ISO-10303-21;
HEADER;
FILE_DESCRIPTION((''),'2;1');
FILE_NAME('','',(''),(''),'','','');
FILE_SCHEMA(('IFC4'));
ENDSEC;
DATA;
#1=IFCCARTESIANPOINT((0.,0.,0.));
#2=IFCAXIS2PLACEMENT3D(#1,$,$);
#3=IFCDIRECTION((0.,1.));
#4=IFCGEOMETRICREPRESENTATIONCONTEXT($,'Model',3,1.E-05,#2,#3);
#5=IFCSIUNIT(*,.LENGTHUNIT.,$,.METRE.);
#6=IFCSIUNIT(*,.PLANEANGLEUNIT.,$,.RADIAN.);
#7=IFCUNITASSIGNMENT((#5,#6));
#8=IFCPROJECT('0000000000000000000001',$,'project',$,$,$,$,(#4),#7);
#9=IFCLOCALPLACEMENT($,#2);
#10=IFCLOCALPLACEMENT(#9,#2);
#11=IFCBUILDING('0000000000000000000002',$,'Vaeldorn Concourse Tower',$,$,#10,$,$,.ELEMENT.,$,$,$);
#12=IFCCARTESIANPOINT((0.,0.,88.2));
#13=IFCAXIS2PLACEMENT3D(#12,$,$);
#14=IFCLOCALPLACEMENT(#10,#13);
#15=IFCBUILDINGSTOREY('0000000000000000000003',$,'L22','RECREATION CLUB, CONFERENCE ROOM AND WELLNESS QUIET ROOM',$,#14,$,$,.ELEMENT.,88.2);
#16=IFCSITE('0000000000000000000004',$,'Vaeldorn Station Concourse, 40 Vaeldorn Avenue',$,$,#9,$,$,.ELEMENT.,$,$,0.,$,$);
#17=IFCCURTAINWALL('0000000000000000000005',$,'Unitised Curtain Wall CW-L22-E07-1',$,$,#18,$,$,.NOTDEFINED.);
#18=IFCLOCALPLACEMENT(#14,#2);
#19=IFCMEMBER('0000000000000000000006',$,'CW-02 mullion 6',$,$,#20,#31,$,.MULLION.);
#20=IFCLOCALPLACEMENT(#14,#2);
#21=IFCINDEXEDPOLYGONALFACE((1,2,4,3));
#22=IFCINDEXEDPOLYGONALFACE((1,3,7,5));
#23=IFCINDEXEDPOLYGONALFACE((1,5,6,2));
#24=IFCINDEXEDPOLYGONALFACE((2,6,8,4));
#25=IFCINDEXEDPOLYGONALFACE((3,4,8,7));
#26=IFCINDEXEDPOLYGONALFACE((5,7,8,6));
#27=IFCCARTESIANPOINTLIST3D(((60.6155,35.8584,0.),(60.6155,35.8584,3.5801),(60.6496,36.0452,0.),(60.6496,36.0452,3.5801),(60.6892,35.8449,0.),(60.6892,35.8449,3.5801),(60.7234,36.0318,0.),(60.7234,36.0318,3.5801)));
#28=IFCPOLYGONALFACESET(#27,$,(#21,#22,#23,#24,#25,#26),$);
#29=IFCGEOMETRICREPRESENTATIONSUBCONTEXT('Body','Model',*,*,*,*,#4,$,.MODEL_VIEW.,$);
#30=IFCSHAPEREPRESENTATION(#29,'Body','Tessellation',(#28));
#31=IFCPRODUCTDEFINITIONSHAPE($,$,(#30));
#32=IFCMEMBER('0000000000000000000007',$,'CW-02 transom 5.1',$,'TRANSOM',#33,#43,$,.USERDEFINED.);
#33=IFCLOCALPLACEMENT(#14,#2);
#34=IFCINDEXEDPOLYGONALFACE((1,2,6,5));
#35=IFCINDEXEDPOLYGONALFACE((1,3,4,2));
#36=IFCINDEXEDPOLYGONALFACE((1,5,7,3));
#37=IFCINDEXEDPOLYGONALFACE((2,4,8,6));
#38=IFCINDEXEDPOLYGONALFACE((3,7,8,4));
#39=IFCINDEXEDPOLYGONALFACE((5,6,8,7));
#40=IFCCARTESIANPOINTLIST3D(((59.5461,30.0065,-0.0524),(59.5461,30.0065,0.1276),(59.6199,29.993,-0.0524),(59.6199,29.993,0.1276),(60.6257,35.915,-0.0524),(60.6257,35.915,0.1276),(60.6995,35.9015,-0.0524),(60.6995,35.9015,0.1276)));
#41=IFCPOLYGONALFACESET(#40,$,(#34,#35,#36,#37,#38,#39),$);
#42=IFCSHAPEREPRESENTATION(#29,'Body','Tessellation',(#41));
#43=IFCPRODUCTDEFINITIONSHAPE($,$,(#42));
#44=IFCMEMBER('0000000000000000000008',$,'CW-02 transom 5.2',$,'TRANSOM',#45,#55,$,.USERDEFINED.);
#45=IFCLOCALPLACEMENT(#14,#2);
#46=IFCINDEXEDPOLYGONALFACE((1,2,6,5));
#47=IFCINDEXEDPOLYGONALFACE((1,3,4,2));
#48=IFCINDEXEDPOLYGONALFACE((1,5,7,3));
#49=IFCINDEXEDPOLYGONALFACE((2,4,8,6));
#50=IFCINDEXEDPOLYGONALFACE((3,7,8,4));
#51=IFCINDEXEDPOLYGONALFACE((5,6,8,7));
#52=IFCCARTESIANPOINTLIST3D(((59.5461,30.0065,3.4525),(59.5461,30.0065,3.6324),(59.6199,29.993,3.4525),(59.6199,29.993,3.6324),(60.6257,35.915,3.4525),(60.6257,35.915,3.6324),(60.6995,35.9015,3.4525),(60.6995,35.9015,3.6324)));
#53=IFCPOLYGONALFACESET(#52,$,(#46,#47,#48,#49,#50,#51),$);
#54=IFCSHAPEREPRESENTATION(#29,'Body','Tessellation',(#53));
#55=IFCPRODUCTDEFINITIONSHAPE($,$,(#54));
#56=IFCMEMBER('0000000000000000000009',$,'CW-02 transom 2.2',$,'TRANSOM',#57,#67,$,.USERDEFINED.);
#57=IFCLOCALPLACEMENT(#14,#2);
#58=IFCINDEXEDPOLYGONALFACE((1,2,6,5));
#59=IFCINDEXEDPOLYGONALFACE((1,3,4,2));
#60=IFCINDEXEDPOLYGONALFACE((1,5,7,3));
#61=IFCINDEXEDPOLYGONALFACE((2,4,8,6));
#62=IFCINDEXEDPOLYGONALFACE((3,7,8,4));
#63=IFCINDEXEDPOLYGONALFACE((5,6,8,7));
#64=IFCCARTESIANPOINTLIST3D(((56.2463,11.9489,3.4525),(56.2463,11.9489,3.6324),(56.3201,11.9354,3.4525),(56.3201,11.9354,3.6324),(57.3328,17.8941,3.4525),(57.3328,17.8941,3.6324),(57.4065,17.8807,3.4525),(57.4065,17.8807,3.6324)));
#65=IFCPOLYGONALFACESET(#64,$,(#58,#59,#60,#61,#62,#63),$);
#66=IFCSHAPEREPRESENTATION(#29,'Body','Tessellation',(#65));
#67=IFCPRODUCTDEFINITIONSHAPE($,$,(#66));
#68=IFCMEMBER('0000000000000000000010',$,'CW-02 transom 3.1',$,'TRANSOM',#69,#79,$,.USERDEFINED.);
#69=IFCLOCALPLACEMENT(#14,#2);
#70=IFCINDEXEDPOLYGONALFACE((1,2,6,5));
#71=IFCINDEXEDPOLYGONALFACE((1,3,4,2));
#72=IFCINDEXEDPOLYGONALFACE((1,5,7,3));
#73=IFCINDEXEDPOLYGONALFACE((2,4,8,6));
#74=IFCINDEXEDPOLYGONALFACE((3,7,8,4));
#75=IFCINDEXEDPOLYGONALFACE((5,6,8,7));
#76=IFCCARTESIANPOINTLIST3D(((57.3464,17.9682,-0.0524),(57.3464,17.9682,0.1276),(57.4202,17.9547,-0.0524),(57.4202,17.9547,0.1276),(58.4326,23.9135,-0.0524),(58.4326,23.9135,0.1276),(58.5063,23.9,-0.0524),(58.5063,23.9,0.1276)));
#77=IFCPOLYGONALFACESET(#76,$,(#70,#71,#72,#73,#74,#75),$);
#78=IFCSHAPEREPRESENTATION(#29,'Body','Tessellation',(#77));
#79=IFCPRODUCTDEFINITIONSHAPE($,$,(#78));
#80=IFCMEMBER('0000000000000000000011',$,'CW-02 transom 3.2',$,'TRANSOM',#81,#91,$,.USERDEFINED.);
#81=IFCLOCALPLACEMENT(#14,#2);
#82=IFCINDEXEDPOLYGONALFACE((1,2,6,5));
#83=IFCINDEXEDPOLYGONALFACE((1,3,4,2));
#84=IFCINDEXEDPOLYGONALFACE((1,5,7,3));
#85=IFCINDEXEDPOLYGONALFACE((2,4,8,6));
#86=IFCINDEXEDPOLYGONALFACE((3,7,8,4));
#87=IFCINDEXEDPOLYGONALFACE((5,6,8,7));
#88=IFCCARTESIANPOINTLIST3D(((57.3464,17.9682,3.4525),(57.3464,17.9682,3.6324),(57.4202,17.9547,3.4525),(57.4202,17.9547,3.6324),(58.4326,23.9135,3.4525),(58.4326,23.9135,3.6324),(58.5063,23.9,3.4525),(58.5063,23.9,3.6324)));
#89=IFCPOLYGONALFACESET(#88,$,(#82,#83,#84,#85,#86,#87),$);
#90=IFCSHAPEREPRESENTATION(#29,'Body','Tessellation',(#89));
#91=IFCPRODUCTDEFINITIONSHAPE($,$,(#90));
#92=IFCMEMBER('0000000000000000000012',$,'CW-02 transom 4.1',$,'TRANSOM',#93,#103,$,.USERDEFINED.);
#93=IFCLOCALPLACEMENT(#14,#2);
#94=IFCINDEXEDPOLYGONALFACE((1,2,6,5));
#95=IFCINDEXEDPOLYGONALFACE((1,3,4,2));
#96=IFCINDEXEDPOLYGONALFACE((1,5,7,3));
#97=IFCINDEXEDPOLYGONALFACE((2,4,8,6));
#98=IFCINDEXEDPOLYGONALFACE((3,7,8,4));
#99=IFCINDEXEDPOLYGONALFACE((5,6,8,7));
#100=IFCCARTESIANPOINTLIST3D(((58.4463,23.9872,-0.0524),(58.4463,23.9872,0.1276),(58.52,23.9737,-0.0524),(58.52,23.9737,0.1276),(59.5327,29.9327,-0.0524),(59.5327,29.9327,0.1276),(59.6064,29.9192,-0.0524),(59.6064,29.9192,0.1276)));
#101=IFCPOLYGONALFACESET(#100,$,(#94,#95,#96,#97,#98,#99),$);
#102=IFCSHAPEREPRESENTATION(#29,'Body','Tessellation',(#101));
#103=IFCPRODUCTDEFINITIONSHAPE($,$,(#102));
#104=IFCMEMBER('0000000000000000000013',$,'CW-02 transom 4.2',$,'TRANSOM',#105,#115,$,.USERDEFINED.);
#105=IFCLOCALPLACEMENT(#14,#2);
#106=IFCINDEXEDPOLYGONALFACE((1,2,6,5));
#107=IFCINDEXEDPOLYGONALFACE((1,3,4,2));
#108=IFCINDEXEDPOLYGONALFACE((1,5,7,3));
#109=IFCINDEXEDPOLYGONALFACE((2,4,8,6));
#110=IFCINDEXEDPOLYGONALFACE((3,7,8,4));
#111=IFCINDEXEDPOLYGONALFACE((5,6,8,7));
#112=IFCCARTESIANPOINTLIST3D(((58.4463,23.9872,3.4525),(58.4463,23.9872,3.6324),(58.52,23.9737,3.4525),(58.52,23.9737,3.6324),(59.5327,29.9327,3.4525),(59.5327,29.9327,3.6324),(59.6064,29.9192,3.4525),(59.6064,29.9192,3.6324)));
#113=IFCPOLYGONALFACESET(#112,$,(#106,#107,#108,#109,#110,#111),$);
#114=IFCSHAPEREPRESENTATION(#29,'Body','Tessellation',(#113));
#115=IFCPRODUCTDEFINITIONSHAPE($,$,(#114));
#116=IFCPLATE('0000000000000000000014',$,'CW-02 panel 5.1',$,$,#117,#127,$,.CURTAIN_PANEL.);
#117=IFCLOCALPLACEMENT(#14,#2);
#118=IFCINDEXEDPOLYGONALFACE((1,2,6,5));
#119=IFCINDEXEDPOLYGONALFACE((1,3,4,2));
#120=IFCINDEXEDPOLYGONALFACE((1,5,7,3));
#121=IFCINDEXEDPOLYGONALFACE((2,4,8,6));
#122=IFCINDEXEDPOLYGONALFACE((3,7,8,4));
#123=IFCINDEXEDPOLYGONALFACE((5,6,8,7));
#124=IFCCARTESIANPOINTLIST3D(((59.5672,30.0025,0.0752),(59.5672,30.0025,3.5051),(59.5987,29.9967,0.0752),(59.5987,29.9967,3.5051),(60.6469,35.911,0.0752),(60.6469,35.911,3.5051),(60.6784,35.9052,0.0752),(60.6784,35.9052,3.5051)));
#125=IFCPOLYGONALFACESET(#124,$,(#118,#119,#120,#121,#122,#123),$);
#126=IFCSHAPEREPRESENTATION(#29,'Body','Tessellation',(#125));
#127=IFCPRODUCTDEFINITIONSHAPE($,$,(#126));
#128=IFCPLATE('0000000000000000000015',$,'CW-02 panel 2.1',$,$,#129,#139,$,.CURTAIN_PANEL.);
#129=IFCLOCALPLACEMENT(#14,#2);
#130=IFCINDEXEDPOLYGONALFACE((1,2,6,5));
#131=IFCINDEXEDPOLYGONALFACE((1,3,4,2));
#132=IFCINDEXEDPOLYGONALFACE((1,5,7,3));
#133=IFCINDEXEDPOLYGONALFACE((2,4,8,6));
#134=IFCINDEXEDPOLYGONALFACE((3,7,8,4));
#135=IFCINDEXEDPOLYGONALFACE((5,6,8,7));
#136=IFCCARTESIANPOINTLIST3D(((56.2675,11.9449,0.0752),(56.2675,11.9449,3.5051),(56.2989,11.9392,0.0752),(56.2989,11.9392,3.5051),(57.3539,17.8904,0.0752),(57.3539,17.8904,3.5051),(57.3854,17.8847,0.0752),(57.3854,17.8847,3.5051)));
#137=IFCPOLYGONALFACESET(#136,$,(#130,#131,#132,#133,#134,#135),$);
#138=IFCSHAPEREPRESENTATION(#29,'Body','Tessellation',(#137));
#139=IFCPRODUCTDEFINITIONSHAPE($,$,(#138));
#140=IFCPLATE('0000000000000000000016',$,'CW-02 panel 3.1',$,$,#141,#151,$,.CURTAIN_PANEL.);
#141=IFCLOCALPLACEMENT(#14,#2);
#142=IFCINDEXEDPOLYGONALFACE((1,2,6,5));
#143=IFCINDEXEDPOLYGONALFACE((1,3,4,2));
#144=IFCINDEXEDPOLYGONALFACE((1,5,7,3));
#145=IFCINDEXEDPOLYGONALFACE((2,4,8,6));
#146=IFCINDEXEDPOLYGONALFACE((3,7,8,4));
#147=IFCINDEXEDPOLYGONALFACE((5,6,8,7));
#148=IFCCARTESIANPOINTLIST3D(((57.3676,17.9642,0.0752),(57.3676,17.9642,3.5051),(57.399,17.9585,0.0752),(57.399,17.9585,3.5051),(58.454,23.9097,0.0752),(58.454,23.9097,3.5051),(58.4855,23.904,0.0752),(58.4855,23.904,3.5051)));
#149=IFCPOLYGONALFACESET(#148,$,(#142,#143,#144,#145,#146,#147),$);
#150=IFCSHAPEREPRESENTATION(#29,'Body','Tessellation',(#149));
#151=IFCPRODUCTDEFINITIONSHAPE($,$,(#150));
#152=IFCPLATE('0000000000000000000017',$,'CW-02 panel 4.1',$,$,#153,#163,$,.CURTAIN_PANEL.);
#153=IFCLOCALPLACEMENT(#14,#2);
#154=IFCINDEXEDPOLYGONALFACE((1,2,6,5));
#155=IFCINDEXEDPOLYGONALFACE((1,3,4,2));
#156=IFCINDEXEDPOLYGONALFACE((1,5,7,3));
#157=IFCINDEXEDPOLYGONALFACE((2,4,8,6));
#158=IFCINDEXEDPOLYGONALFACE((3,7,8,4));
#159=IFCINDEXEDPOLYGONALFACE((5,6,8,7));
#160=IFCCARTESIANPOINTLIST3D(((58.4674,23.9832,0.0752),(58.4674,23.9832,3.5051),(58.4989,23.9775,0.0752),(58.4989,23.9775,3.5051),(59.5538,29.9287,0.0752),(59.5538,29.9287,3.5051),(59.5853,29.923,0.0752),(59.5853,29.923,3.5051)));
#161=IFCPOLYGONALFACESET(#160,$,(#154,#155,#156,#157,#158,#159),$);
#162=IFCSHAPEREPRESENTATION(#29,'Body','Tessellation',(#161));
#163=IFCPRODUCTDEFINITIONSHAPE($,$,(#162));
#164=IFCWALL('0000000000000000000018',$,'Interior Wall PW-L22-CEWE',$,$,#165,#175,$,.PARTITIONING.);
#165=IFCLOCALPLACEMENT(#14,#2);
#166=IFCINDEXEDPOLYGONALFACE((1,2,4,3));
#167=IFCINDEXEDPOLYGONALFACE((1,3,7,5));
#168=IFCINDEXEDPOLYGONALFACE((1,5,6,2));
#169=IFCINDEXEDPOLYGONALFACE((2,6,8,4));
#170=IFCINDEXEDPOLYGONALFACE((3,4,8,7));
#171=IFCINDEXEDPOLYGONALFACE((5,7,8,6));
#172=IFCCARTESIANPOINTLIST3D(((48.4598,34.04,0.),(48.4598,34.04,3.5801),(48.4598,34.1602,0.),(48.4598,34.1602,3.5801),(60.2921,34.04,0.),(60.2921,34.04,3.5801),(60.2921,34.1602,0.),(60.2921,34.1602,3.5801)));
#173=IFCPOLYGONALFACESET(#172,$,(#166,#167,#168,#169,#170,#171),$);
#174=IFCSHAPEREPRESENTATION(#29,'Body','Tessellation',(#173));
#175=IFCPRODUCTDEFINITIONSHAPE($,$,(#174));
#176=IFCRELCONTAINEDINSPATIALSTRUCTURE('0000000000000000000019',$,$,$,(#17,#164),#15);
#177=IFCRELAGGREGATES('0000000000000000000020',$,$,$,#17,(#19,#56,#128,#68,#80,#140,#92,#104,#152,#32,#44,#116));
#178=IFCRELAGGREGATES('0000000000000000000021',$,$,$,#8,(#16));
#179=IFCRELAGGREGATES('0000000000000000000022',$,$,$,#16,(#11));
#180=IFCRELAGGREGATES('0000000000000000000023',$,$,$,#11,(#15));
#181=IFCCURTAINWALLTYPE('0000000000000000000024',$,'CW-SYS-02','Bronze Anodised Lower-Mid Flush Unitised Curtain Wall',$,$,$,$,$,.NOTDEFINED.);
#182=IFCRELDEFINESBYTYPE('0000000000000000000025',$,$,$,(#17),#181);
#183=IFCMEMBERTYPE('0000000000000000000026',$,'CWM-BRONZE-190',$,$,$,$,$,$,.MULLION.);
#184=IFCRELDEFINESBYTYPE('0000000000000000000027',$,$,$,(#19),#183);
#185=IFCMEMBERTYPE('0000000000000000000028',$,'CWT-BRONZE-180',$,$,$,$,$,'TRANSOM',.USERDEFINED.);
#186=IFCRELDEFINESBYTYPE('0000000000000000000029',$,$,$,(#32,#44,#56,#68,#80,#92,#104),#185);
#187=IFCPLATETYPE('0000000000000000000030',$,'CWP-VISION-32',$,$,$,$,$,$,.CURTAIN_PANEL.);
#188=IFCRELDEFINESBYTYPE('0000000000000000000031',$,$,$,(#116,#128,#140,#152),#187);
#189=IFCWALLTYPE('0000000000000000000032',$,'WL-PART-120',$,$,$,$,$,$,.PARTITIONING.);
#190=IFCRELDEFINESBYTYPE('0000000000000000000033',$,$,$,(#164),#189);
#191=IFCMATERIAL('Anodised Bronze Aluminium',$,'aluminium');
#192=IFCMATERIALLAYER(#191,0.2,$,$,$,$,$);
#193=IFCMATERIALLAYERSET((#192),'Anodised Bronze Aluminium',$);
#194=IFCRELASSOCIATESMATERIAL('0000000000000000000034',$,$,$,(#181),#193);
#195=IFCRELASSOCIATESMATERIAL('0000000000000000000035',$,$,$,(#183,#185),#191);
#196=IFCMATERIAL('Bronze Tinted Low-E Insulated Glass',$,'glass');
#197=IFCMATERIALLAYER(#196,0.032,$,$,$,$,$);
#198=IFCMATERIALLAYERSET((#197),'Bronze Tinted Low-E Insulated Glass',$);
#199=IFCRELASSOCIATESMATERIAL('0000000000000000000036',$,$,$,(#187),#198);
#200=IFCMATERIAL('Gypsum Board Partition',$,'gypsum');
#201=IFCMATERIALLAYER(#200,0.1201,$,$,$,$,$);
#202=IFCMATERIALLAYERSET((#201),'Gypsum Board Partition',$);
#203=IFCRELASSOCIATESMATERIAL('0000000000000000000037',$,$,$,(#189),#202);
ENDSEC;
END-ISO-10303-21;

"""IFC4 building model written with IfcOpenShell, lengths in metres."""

from ifc_helpers import new_model, si_unit, direction, frame, frame_2d, origin, origin_2d, place, context, subcontext, project, spatial, rectangle, extrude, source, transform, mapped, material, layer, layer_set, material_profile, profile_set, type_object, element, aggregate, save


model = new_model("IFC4")

# Units and contexts
model_context = context("Model", 3, precision=1e-05, world=origin(), true_north=direction((0.0, 1.0)))
body_context = subcontext(model_context, "Body", "Model", "MODEL_VIEW")
ifc_project = project(units=[si_unit("LENGTHUNIT", "METRE"), si_unit("PLANEANGLEUNIT", "RADIAN")], contexts=[model_context])

# Site, building, storey
site_placement = place(None, origin())
site = spatial("IfcSite", under=ifc_project, at=site_placement, Name="Vaeldorn Station Concourse, 40 Vaeldorn Avenue", CompositionType="ELEMENT", RefElevation=0.0)
building_placement = place(site_placement, origin())
building = spatial("IfcBuilding", under=site, at=building_placement, Name="Vaeldorn Concourse Tower", CompositionType="ELEMENT")
storey_placement = place(building_placement, frame((0.0, 0.0, 88.2)))
storey = spatial("IfcBuildingStorey", under=building, at=storey_placement, Name="L22", Description="RECREATION CLUB, CONFERENCE ROOM AND WELLNESS QUIET ROOM", CompositionType="ELEMENT", Elevation=88.2)

# Curtain wall, members, plates
ifc_material_1 = material(Name="Anodised Bronze Aluminium", Category="aluminium")
ifc_layer_1 = layer(ifc_material_1, 0.2)
ifc_layer_set_1 = layer_set([ifc_layer_1], Name="Anodised Bronze Aluminium")
curtain_wall_type = type_object("IfcCurtainWallType", Name="CW-SYS-02", Description="Bronze Anodised Lower-Mid Flush Unitised Curtain Wall", PredefinedType="NOTDEFINED", material=ifc_layer_set_1)
curtain_wall_placement = place(storey_placement, origin())
curtain_wall = element("IfcCurtainWall", 1, at=curtain_wall_placement, inside=storey, type_object=curtain_wall_type, Name="Unitised Curtain Wall CW-L22-E07-1", PredefinedType="NOTDEFINED")
ifc_material_profile_1 = material_profile(ifc_material_1, rectangle(XDim=0.075, YDim=0.1899, at=origin_2d()), Name="CWM 75x190")
ifc_profile_set_1 = profile_set([ifc_material_profile_1], Name="Anodised Bronze Aluminium")
member_type_1 = type_object("IfcMemberType", Name="CWM-BRONZE-190", PredefinedType="MULLION", material=ifc_profile_set_1)
shared_shape_1 = source(origin(), body_context, "Body", "SweptSolid", [
    extrude(rectangle(XDim=0.075, YDim=0.1899, at=origin_2d()), origin(), (0.0, 0.0, 1.0), 3.5801),
])
member_1_placement = place(storey_placement, frame((60.6694, 35.9451, 0.0), z_axis=(0.0, 0.0, 1.0), x_axis=(-0.983712, 0.179753, 0.0)))
member_1 = element("IfcMember", 2, at=member_1_placement, type_object=member_type_1, Name="CW-02 mullion 6", PredefinedType="MULLION", context=body_context, shape_type="MappedRepresentation", body=[
    mapped(shared_shape_1, transform((0.0, 0.0, 0.0), scale=1.0)),
])
ifc_material_profile_2 = material_profile(ifc_material_1, rectangle(XDim=0.075, YDim=0.1799, at=origin_2d()), Name="CWT 75x180")
ifc_profile_set_2 = profile_set([ifc_material_profile_2], Name="Anodised Bronze Aluminium")
member_type_2 = type_object("IfcMemberType", Name="CWT-BRONZE-180", ElementType="TRANSOM", PredefinedType="USERDEFINED", material=ifc_profile_set_2)
shared_shape_2 = source(origin(), body_context, "Body", "SweptSolid", [
    extrude(rectangle(XDim=0.075, YDim=0.1799, at=origin_2d()), origin(), (0.0, 0.0, 1.0), 6.0063),
])
member_2_placement = place(storey_placement, frame((59.583, 29.9998, 0.0376), z_axis=(0.179744, 0.983713, 0.0), x_axis=(-0.983713, 0.179744, 0.0)))
member_2 = element("IfcMember", 3, at=member_2_placement, type_object=member_type_2, Name="CW-02 transom 5.1", ObjectType="TRANSOM", PredefinedType="USERDEFINED", context=body_context, shape_type="MappedRepresentation", body=[
    mapped(shared_shape_2, transform((0.0, 0.0, 0.0), scale=1.0)),
])
member_3_placement = place(storey_placement, frame((59.583, 29.9998, 3.5425), z_axis=(0.179744, 0.983713, 0.0), x_axis=(-0.983713, 0.179744, 0.0)))
member_3 = element("IfcMember", 4, at=member_3_placement, type_object=member_type_2, Name="CW-02 transom 5.2", ObjectType="TRANSOM", PredefinedType="USERDEFINED", context=body_context, shape_type="MappedRepresentation", body=[
    mapped(shared_shape_2, transform((0.0, 0.0, 0.0), scale=1.0)),
])
shared_shape_3 = source(origin(), body_context, "Body", "SweptSolid", [
    extrude(rectangle(XDim=0.075, YDim=0.1799, at=origin_2d()), origin(), (0.0, 0.0, 1.0), 6.0437),
])
member_4_placement = place(storey_placement, frame((56.2832, 11.9421, 3.5425), z_axis=(0.17976, 0.983711, 0.0), x_axis=(-0.983711, 0.17976, 0.0)))
member_4 = element("IfcMember", 5, at=member_4_placement, type_object=member_type_2, Name="CW-02 transom 2.2", ObjectType="TRANSOM", PredefinedType="USERDEFINED", context=body_context, shape_type="MappedRepresentation", body=[
    mapped(shared_shape_3, transform((0.0, 0.0, 0.0), scale=1.0)),
])
member_5_placement = place(storey_placement, frame((57.3833, 17.9614, 0.0376), z_axis=(0.179721, 0.983718, 0.0), x_axis=(-0.983718, 0.179721, 0.0)))
member_5 = element("IfcMember", 6, at=member_5_placement, type_object=member_type_2, Name="CW-02 transom 3.1", ObjectType="TRANSOM", PredefinedType="USERDEFINED", context=body_context, shape_type="MappedRepresentation", body=[
    mapped(shared_shape_3, transform((0.0, 0.0, 0.0), scale=1.0)),
])
member_6_placement = place(storey_placement, frame((57.3833, 17.9614, 3.5425), z_axis=(0.179721, 0.983718, 0.0), x_axis=(-0.983718, 0.179721, 0.0)))
member_6 = element("IfcMember", 7, at=member_6_placement, type_object=member_type_2, Name="CW-02 transom 3.2", ObjectType="TRANSOM", PredefinedType="USERDEFINED", context=body_context, shape_type="MappedRepresentation", body=[
    mapped(shared_shape_3, transform((0.0, 0.0, 0.0), scale=1.0)),
])
shared_shape_4 = source(origin(), body_context, "Body", "SweptSolid", [
    extrude(rectangle(XDim=0.075, YDim=0.1799, at=origin_2d()), origin(), (0.0, 0.0, 1.0), 6.0439),
])
member_7_placement = place(storey_placement, frame((58.4832, 23.9805, 0.0376), z_axis=(0.179753, 0.983712, 0.0), x_axis=(-0.983712, 0.179753, 0.0)))
member_7 = element("IfcMember", 8, at=member_7_placement, type_object=member_type_2, Name="CW-02 transom 4.1", ObjectType="TRANSOM", PredefinedType="USERDEFINED", context=body_context, shape_type="MappedRepresentation", body=[
    mapped(shared_shape_4, transform((0.0, 0.0, 0.0), scale=1.0)),
])
member_8_placement = place(storey_placement, frame((58.4832, 23.9805, 3.5425), z_axis=(0.179753, 0.983712, 0.0), x_axis=(-0.983712, 0.179753, 0.0)))
member_8 = element("IfcMember", 9, at=member_8_placement, type_object=member_type_2, Name="CW-02 transom 4.2", ObjectType="TRANSOM", PredefinedType="USERDEFINED", context=body_context, shape_type="MappedRepresentation", body=[
    mapped(shared_shape_4, transform((0.0, 0.0, 0.0), scale=1.0)),
])
ifc_material_2 = material(Name="Bronze Tinted Low-E Insulated Glass", Category="glass")
ifc_layer_2 = layer(ifc_material_2, 0.032)
ifc_layer_set_2 = layer_set([ifc_layer_2], Name="Bronze Tinted Low-E Insulated Glass")
plate_type = type_object("IfcPlateType", Name="CWP-VISION-32", PredefinedType="CURTAIN_PANEL", material=ifc_layer_set_2)
shared_shape_5 = source(origin(), body_context, "Body", "SweptSolid", [
    extrude(rectangle(XDim=6.0063, YDim=0.032, at=origin_2d()), origin(), (0.0, 0.0, 1.0), 3.4299),
])
plate_1_placement = place(storey_placement, frame((60.1228, 32.9539, 0.0752), z_axis=(0.0, 0.0, 1.0), x_axis=(0.179753, 0.983712, 0.0)))
plate_1 = element("IfcPlate", 10, at=plate_1_placement, type_object=plate_type, Name="CW-02 panel 5.1", PredefinedType="CURTAIN_PANEL", context=body_context, shape_type="MappedRepresentation", body=[
    mapped(shared_shape_5, transform((0.0, 0.0, 0.0), scale=1.0)),
])
shared_shape_6 = source(origin(), body_context, "Body", "SweptSolid", [
    extrude(rectangle(XDim=6.0439, YDim=0.032, at=origin_2d()), origin(), (0.0, 0.0, 1.0), 3.4299),
])
plate_2_placement = place(storey_placement, frame((56.8264, 14.9148, 0.0752), z_axis=(0.0, 0.0, 1.0), x_axis=(0.179753, 0.983712, 0.0)))
plate_2 = element("IfcPlate", 11, at=plate_2_placement, type_object=plate_type, Name="CW-02 panel 2.1", PredefinedType="CURTAIN_PANEL", context=body_context, shape_type="MappedRepresentation", body=[
    mapped(shared_shape_6, transform((0.0, 0.0, 0.0), scale=1.0)),
])
plate_3_placement = place(storey_placement, frame((57.9265, 20.9341, 0.0752), z_axis=(0.0, 0.0, 1.0), x_axis=(0.179753, 0.983712, 0.0)))
plate_3 = element("IfcPlate", 12, at=plate_3_placement, type_object=plate_type, Name="CW-02 panel 3.1", PredefinedType="CURTAIN_PANEL", context=body_context, shape_type="MappedRepresentation", body=[
    mapped(shared_shape_6, transform((0.0, 0.0, 0.0), scale=1.0)),
])
plate_4_placement = place(storey_placement, frame((59.0264, 26.9531, 0.0752), z_axis=(0.0, 0.0, 1.0), x_axis=(0.179753, 0.983712, 0.0)))
plate_4 = element("IfcPlate", 13, at=plate_4_placement, type_object=plate_type, Name="CW-02 panel 4.1", PredefinedType="CURTAIN_PANEL", context=body_context, shape_type="MappedRepresentation", body=[
    mapped(shared_shape_6, transform((0.0, 0.0, 0.0), scale=1.0)),
])
aggregate(curtain_wall, [member_1, member_4, plate_2, member_5, member_6, plate_3, member_7, member_8, plate_4, member_2, member_3, plate_1])

# Wall
ifc_material_3 = material(Name="Gypsum Board Partition", Category="gypsum")
ifc_layer_3 = layer(ifc_material_3, 0.1201)
ifc_layer_set_3 = layer_set([ifc_layer_3], Name="Gypsum Board Partition")
wall_type = type_object("IfcWallType", Name="WL-PART-120", PredefinedType="PARTITIONING", material=ifc_layer_set_3)
wall_1_placement = place(storey_placement, frame((48.46, 34.1001, 0.0), z_axis=(0.0, 0.0, 1.0), x_axis=(1.0, 0.0, 0.0)))
element("IfcWall", 14, at=wall_1_placement, inside=storey, type_object=wall_type, Name="Interior Wall PW-L22-CEWE", PredefinedType="PARTITIONING", context=body_context, shape_type="SweptSolid", body=[
    extrude(rectangle(XDim=11.8323, YDim=0.1201, at=frame_2d((5.916, 0.0))), origin(), (0.0, 0.0, 1.0), 3.5801),
])

save(model, "model.ifc")
